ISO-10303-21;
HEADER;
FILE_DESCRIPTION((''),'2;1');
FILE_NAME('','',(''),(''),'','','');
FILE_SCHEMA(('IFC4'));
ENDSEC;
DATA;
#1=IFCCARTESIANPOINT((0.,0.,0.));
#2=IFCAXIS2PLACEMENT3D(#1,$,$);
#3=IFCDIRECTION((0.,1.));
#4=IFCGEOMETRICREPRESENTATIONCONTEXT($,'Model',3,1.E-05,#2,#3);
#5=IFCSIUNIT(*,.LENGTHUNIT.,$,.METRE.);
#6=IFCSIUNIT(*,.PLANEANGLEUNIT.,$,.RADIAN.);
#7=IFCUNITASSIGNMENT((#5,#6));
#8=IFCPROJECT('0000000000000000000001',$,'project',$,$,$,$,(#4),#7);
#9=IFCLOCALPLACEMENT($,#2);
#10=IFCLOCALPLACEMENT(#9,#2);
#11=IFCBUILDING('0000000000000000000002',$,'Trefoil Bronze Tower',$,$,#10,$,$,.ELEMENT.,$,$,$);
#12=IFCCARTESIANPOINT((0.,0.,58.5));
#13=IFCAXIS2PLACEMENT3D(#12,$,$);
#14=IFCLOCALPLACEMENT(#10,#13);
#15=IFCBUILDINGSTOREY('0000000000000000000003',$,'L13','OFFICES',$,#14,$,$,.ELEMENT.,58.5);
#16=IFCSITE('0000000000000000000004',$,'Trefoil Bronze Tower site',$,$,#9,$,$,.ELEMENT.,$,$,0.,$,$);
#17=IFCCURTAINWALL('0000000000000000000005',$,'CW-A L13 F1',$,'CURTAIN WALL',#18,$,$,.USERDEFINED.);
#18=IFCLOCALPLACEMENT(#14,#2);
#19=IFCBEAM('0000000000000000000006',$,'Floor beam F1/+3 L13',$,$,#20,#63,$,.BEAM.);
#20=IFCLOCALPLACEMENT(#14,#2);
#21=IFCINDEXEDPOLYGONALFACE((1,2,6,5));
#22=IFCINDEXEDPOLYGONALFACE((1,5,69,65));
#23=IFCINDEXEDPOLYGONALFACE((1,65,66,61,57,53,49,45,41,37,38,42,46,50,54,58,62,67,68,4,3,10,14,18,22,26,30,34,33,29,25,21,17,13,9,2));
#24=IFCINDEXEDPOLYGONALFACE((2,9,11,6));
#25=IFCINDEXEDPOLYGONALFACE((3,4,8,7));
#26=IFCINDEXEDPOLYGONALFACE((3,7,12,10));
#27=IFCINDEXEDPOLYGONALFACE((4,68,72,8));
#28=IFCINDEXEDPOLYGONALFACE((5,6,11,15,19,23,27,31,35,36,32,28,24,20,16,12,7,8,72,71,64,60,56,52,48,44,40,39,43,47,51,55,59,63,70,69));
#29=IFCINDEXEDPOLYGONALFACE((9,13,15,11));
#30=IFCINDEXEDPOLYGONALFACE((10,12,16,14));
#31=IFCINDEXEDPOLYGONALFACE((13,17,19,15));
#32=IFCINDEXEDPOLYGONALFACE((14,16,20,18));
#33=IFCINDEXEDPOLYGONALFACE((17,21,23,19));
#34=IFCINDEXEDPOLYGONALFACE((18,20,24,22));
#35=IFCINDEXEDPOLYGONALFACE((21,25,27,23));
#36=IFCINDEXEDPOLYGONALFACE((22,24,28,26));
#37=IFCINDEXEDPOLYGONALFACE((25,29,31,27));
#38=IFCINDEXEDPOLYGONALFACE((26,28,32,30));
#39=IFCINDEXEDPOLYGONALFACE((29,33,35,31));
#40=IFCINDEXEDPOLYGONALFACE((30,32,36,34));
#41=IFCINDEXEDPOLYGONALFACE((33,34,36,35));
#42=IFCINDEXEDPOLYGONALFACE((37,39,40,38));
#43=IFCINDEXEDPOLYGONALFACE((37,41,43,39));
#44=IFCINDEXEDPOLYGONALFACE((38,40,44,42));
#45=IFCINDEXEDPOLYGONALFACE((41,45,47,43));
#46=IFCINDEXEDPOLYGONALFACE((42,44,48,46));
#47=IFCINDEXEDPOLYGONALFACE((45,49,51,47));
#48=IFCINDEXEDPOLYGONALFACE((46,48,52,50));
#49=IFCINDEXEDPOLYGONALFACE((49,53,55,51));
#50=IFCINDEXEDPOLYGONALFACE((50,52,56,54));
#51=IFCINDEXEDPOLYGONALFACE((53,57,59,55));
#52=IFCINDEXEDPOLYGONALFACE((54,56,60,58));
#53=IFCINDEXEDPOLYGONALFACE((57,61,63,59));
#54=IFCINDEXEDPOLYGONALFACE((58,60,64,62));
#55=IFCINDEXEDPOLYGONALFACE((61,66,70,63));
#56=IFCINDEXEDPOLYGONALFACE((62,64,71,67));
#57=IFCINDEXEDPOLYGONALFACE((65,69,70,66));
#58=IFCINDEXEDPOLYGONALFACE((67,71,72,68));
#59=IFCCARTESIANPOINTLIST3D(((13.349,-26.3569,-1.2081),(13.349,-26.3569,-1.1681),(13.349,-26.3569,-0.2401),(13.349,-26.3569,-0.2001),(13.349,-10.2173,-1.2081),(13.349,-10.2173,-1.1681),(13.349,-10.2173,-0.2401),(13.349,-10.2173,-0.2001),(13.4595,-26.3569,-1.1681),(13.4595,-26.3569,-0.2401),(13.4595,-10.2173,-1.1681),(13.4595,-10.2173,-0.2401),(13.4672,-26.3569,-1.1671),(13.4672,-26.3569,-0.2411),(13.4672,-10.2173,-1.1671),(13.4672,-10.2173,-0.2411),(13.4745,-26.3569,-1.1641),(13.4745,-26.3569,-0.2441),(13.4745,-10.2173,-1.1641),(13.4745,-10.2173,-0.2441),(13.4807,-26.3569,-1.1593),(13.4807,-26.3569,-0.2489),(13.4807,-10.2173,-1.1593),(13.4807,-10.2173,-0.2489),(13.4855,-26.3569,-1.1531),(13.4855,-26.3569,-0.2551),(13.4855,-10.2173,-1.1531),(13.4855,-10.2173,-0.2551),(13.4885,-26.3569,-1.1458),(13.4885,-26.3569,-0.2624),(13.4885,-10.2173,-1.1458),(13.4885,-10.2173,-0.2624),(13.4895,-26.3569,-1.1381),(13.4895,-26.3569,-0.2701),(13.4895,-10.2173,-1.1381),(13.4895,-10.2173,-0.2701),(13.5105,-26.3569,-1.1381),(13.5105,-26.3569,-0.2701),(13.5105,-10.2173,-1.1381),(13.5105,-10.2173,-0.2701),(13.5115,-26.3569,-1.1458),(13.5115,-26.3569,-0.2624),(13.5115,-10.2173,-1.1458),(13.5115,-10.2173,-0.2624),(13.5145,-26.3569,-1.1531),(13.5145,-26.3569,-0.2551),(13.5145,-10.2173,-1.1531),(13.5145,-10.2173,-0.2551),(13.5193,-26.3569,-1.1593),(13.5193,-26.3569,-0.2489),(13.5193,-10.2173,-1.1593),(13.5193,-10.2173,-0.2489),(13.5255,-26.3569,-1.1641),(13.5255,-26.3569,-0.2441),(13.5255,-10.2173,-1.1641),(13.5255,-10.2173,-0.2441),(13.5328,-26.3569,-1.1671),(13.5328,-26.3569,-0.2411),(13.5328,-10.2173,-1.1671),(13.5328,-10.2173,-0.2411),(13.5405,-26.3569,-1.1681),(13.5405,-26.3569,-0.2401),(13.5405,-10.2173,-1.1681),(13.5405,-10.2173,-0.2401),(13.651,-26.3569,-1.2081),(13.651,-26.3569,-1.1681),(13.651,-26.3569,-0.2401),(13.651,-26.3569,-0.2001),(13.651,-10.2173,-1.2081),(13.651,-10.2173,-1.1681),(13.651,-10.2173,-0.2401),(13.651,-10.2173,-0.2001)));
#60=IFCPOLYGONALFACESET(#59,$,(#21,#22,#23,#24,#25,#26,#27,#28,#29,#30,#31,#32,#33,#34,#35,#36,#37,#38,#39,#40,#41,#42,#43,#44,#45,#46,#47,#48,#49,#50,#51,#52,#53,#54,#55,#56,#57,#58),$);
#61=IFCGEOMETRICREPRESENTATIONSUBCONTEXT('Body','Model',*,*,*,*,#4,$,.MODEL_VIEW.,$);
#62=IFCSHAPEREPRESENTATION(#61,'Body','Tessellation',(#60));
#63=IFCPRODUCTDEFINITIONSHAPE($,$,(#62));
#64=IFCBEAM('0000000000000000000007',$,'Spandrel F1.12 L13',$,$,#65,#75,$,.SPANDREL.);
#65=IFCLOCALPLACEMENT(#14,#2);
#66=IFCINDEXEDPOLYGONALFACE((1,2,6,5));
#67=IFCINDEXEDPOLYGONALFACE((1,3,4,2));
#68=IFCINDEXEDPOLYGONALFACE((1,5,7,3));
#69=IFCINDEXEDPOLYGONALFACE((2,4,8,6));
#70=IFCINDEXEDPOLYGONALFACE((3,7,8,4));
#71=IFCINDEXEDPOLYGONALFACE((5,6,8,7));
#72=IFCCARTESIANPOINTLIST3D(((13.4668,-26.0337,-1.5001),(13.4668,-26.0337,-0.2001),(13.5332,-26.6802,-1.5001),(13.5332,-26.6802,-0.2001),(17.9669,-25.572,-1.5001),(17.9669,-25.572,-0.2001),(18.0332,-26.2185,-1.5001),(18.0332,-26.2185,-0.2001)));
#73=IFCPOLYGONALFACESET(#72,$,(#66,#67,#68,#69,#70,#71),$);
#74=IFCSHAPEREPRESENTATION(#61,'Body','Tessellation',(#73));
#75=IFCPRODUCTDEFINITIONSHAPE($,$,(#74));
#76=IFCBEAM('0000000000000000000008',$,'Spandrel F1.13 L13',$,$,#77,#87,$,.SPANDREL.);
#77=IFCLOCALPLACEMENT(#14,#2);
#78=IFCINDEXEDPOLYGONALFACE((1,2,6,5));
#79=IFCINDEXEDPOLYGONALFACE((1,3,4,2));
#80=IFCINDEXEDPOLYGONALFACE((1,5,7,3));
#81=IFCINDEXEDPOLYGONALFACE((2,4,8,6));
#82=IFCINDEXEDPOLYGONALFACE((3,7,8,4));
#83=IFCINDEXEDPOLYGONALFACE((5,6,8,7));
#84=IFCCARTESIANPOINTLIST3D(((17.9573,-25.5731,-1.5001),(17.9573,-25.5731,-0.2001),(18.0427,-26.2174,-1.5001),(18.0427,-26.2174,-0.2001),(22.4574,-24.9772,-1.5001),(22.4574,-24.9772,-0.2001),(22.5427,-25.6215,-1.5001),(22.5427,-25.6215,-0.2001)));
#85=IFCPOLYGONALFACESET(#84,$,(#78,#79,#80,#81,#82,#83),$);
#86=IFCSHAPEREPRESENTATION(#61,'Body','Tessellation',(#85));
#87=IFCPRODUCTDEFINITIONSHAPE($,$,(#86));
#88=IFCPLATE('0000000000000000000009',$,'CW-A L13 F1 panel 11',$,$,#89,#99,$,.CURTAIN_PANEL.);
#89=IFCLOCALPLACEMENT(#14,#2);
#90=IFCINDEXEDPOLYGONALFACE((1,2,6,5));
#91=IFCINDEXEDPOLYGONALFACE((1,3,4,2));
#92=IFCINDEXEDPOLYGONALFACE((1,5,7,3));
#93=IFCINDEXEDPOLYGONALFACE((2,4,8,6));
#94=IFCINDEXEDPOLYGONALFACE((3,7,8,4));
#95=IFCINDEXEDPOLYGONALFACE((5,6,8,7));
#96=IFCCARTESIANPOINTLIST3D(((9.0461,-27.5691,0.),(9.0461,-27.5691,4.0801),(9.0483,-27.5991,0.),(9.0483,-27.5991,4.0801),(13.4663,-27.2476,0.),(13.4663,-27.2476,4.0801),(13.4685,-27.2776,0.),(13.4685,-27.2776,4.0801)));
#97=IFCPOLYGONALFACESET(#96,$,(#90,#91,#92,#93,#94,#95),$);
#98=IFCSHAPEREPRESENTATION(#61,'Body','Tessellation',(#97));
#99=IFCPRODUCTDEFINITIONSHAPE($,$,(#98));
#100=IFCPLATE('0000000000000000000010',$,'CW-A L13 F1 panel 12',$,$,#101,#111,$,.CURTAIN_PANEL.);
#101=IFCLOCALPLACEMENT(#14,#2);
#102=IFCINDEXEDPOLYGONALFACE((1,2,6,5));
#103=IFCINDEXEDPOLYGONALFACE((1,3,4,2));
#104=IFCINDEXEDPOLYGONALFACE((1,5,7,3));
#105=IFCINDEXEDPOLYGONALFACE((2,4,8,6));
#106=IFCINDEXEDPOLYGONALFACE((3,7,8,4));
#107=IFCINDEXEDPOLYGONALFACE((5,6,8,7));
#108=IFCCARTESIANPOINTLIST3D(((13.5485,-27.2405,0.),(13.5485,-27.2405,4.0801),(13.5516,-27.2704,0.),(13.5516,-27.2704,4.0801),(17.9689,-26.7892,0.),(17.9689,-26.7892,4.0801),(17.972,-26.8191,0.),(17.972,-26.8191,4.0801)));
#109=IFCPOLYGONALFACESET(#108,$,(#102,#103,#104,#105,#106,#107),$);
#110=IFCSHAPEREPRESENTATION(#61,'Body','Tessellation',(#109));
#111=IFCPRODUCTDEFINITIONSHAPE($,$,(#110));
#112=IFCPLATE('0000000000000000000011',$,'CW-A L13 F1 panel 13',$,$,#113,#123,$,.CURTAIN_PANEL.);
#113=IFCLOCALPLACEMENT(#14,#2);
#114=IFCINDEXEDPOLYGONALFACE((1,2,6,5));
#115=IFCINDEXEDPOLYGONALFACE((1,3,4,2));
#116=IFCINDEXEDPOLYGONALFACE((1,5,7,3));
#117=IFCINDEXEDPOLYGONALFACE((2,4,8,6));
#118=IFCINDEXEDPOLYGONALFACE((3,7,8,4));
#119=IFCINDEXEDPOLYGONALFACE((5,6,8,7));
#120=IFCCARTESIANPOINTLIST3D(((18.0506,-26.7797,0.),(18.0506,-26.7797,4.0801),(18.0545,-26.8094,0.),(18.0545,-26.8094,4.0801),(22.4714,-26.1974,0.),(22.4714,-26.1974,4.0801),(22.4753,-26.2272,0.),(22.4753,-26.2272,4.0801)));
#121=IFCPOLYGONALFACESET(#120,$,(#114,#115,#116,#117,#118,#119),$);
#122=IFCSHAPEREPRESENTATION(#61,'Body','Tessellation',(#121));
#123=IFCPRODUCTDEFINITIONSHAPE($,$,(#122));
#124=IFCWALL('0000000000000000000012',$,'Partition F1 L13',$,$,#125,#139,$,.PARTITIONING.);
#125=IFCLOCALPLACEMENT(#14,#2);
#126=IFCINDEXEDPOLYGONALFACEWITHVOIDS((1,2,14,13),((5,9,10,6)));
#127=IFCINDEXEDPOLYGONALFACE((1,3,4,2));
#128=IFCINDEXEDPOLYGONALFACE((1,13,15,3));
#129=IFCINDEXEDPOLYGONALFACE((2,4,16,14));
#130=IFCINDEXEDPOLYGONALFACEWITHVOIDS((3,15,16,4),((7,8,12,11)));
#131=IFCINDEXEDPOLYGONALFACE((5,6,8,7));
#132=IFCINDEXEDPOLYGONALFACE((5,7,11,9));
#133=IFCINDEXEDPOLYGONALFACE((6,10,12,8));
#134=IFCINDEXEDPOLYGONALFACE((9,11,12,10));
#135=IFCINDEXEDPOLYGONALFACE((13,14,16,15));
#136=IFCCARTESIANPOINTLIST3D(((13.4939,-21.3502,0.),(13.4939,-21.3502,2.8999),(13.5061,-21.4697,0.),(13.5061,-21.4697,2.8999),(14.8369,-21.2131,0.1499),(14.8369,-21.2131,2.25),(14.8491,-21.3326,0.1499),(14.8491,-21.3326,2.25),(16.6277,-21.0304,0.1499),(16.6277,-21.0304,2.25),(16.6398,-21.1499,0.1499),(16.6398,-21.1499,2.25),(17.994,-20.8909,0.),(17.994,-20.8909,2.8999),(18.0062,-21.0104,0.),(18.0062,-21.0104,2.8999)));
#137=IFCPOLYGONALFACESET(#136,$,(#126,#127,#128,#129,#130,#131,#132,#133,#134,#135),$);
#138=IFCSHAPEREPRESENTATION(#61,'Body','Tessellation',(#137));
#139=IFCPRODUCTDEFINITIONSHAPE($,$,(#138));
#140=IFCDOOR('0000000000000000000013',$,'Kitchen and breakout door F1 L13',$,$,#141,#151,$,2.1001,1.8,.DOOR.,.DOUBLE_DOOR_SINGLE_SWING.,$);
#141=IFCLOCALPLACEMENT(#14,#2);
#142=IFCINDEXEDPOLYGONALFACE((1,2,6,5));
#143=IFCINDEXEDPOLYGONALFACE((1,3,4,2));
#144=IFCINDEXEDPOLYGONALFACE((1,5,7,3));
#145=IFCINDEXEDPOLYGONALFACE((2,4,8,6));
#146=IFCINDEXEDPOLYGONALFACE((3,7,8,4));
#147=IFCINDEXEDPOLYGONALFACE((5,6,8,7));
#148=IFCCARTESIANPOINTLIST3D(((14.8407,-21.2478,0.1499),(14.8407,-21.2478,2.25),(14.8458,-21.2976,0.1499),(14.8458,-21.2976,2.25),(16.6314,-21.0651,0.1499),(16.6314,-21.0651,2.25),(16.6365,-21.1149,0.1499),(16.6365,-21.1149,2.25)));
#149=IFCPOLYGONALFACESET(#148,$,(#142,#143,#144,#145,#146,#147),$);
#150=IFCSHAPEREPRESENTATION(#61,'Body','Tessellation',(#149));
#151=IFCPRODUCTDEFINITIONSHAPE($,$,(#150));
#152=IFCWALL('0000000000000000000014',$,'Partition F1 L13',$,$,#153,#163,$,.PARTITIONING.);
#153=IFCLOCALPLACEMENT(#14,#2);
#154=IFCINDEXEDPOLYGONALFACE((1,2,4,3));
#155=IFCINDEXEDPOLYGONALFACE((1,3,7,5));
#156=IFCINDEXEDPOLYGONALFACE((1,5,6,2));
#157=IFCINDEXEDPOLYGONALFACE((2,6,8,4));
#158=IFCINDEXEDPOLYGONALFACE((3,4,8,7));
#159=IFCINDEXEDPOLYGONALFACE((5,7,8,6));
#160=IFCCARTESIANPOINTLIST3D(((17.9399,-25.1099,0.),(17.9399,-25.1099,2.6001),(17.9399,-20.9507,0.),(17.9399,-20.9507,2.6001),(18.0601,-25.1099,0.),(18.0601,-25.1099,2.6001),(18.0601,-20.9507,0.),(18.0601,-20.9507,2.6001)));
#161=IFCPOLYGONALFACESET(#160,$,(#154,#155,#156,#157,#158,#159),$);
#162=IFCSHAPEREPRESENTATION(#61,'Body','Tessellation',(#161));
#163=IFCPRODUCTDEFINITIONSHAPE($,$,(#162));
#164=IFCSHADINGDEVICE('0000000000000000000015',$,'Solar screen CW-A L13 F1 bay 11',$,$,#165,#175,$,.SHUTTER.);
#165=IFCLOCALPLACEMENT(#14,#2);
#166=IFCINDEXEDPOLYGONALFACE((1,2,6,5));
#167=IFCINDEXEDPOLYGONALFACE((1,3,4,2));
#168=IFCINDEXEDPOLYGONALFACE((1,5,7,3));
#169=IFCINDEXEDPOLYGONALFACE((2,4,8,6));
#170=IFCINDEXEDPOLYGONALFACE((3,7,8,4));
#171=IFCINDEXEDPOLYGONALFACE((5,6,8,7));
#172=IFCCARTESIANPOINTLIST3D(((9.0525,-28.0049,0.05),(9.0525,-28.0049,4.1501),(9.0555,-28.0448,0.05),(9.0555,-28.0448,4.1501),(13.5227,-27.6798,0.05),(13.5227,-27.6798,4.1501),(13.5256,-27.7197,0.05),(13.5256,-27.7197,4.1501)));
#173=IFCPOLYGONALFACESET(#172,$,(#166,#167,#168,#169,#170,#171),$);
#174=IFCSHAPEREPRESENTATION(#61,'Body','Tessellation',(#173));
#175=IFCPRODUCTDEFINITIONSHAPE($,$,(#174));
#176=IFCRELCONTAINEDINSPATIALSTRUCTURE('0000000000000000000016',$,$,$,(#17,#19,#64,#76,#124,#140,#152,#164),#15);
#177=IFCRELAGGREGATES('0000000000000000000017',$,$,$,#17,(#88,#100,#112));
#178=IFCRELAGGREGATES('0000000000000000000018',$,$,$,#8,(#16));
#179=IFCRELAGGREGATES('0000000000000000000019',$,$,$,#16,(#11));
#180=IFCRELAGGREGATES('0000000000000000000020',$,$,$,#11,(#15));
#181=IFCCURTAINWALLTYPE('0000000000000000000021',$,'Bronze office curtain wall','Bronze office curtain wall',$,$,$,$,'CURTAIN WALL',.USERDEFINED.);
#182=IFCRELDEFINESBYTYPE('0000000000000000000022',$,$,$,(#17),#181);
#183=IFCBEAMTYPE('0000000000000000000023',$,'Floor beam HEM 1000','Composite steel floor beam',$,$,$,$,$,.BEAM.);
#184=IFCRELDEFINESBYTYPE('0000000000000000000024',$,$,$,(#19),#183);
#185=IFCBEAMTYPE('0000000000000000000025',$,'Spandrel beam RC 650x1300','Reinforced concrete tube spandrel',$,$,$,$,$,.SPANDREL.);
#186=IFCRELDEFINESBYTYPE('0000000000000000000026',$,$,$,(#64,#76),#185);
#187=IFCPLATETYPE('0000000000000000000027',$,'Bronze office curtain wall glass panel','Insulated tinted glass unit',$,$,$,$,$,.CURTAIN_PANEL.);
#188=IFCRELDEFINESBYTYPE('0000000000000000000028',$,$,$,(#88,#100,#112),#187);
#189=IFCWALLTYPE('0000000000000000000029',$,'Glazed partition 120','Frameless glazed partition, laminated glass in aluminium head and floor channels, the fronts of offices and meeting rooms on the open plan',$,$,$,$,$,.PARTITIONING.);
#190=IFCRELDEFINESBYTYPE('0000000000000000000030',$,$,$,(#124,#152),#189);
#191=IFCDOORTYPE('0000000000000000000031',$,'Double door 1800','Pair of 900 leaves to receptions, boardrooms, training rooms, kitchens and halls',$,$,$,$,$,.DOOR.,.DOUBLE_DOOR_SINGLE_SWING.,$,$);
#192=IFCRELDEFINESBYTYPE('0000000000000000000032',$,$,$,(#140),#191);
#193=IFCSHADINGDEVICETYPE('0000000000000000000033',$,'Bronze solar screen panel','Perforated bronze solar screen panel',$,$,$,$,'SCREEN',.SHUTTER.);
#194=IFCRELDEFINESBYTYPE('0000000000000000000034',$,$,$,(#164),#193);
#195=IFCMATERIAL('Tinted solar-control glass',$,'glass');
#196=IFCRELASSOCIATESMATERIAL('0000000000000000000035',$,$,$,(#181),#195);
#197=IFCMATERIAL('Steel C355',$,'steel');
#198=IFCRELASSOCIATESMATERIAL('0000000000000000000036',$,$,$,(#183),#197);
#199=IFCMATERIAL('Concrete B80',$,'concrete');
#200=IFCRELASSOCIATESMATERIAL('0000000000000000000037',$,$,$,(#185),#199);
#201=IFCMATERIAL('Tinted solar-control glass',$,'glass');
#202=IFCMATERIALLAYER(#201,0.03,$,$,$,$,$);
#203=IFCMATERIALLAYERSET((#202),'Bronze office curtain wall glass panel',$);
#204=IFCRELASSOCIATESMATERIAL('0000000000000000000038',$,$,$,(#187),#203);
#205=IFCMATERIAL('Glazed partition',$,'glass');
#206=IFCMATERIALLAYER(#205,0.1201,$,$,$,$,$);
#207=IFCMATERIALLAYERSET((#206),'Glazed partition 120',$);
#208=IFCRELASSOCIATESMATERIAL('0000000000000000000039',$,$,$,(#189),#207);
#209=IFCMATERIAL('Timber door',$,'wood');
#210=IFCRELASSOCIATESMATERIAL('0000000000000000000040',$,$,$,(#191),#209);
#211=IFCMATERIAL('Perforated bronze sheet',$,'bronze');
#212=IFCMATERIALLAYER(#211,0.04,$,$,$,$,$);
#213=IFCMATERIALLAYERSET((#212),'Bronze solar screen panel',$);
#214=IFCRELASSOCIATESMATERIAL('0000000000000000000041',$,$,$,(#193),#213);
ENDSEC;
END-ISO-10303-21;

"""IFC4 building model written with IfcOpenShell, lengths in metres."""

from ifc_helpers import new_model, si_unit, direction, frame, frame_2d, origin, origin_2d, place, context, subcontext, project, spatial, rectangle, i_section, extrude, material, layer, layer_set, material_profile, profile_set, type_object, element, fill, aggregate, save


model = new_model("IFC4")

# Units and contexts
model_context = context("Model", 3, precision=1e-05, world=origin(), true_north=direction((0.0, 1.0)))
body_context = subcontext(model_context, "Body", "Model", "MODEL_VIEW")
ifc_project = project(units=[si_unit("LENGTHUNIT", "METRE"), si_unit("PLANEANGLEUNIT", "RADIAN")], contexts=[model_context])

# Site, building, storey
site_placement = place(None, origin())
site = spatial("IfcSite", under=ifc_project, at=site_placement, Name="Trefoil Bronze Tower site", CompositionType="ELEMENT", RefElevation=0.0)
building_placement = place(site_placement, origin())
building = spatial("IfcBuilding", under=site, at=building_placement, Name="Trefoil Bronze Tower", CompositionType="ELEMENT")
storey_placement = place(building_placement, frame((0.0, 0.0, 58.5)))
storey = spatial("IfcBuildingStorey", under=building, at=storey_placement, Name="L13", Description="OFFICES", CompositionType="ELEMENT", Elevation=58.5)

# Curtain wall
ifc_material_1 = material(Name="Tinted solar-control glass", Category="glass")
curtain_wall_type = type_object("IfcCurtainWallType", Name="Bronze office curtain wall", Description="Bronze office curtain wall", ElementType="CURTAIN WALL", PredefinedType="USERDEFINED", material=ifc_material_1)
curtain_wall_placement = place(storey_placement, origin())
curtain_wall = element("IfcCurtainWall", 1, at=curtain_wall_placement, inside=storey, type_object=curtain_wall_type, Name="CW-A L13 F1", ObjectType="CURTAIN WALL", PredefinedType="USERDEFINED")

# Beams
ifc_material_2 = material(Name="Steel C355", Category="steel")
ifc_material_profile_1 = material_profile(ifc_material_2, i_section(OverallWidth=0.302, OverallDepth=1.0081, WebThickness=0.021, FlangeThickness=0.04, FilletRadius=0.03, at=origin_2d()), Name="HEM 1000")
ifc_profile_set_1 = profile_set([ifc_material_profile_1], Name="Steel C355")
beam_type_1 = type_object("IfcBeamType", Name="Floor beam HEM 1000", Description="Composite steel floor beam", PredefinedType="BEAM", material=ifc_profile_set_1)
beam_1_placement = place(storey_placement, frame((13.5, -26.3569, -0.7041), z_axis=(0.0, 1.0, 0.0), x_axis=(-1.0, 0.0, 0.0)))
element("IfcBeam", 2, at=beam_1_placement, inside=storey, type_object=beam_type_1, Name="Floor beam F1/+3 L13", PredefinedType="BEAM", context=body_context, shape_type="SweptSolid", body=[
    extrude(i_section(OverallWidth=0.302, OverallDepth=1.0081, WebThickness=0.021, FlangeThickness=0.04, FilletRadius=0.03, at=origin_2d()), origin(), (0.0, 0.0, 1.0), 16.1396),
])
ifc_material_3 = material(Name="Concrete B80", Category="concrete")
ifc_material_profile_2 = material_profile(ifc_material_3, rectangle(XDim=0.6499, YDim=1.3, at=origin_2d()), Name="RC 650x1300")
ifc_profile_set_2 = profile_set([ifc_material_profile_2], Name="Concrete B80")
beam_type_2 = type_object("IfcBeamType", Name="Spandrel beam RC 650x1300", Description="Reinforced concrete tube spandrel", PredefinedType="SPANDREL", material=ifc_profile_set_2)
beam_2_placement = place(storey_placement, frame((13.5, -26.3569, -0.8501), z_axis=(0.994778, 0.102058, 0.0), x_axis=(-0.102058, 0.994778, 0.0)))
element("IfcBeam", 3, at=beam_2_placement, inside=storey, type_object=beam_type_2, Name="Spandrel F1.12 L13", PredefinedType="SPANDREL", context=body_context, shape_type="SweptSolid", body=[
    extrude(rectangle(XDim=0.6499, YDim=1.3, at=origin_2d()), origin(), (0.0, 0.0, 1.0), 4.5237),
])
beam_3_placement = place(storey_placement, frame((18.0, -25.8953, -0.8501), z_axis=(0.991344, 0.131286, 0.0), x_axis=(-0.131286, 0.991344, 0.0)))
element("IfcBeam", 4, at=beam_3_placement, inside=storey, type_object=beam_type_2, Name="Spandrel F1.13 L13", PredefinedType="SPANDREL", context=body_context, shape_type="SweptSolid", body=[
    extrude(rectangle(XDim=0.6499, YDim=1.3, at=origin_2d()), origin(), (0.0, 0.0, 1.0), 4.5393),
])

# Plates
ifc_material_4 = material(Name="Tinted solar-control glass", Category="glass")
ifc_layer_1 = layer(ifc_material_4, 0.03)
ifc_layer_set_1 = layer_set([ifc_layer_1], Name="Bronze office curtain wall glass panel")
plate_type = type_object("IfcPlateType", Name="Bronze office curtain wall glass panel", Description="Insulated tinted glass unit", PredefinedType="CURTAIN_PANEL", material=ifc_layer_set_1)
plate_1_placement = place(storey_placement, frame((11.2573, -27.4233, 0.0), z_axis=(0.0, 0.0, 1.0), x_axis=(0.997365, 0.072547, 0.0)))
plate_1 = element("IfcPlate", 5, at=plate_1_placement, type_object=plate_type, Name="CW-A L13 F1 panel 11", PredefinedType="CURTAIN_PANEL", context=body_context, shape_type="SweptSolid", body=[
    extrude(rectangle(XDim=4.4319, YDim=0.03, at=origin_2d()), origin(), (0.0, 0.0, 1.0), 4.0801),
])
plate_2_placement = place(storey_placement, frame((15.7603, -27.0298, 0.0), z_axis=(0.0, 0.0, 1.0), x_axis=(0.994829, 0.101565, 0.0)))
plate_2 = element("IfcPlate", 6, at=plate_2_placement, type_object=plate_type, Name="CW-A L13 F1 panel 12", PredefinedType="CURTAIN_PANEL", context=body_context, shape_type="SweptSolid", body=[
    extrude(rectangle(XDim=4.4434, YDim=0.03, at=origin_2d()), origin(), (0.0, 0.0, 1.0), 4.0801),
])
plate_3_placement = place(storey_placement, frame((20.2629, -26.5034, 0.0), z_axis=(0.0, 0.0, 1.0), x_axis=(0.991437, 0.130584, 0.0)))
plate_3 = element("IfcPlate", 7, at=plate_3_placement, type_object=plate_type, Name="CW-A L13 F1 panel 13", PredefinedType="CURTAIN_PANEL", context=body_context, shape_type="SweptSolid", body=[
    extrude(rectangle(XDim=4.459, YDim=0.03, at=origin_2d()), origin(), (0.0, 0.0, 1.0), 4.0801),
])
aggregate(curtain_wall, [plate_1, plate_2, plate_3])

# Wall, opening, door
ifc_material_5 = material(Name="Glazed partition", Category="glass")
ifc_layer_2 = layer(ifc_material_5, 0.1201)
ifc_layer_set_2 = layer_set([ifc_layer_2], Name="Glazed partition 120")
wall_type = type_object("IfcWallType", Name="Glazed partition 120", Description="Frameless glazed partition, laminated glass in aluminium head and floor channels, the fronts of offices and meeting rooms on the open plan", PredefinedType="PARTITIONING", material=ifc_layer_set_2)
wall_1_placement = place(storey_placement, frame((13.5, -21.4099, 0.0), z_axis=(0.0, 0.0, 1.0), x_axis=(0.994833, 0.101523, 0.0)))
wall_1 = element("IfcWall", 8, at=wall_1_placement, inside=storey, type_object=wall_type, Name="Partition F1 L13", PredefinedType="PARTITIONING", context=body_context, shape_type="SweptSolid", body=[
    extrude(rectangle(XDim=4.5234, YDim=0.1201, at=frame_2d((2.2617, 0.0))), origin(), (0.0, 0.0, 1.0), 2.8999),
])
opening_placement = place(wall_1_placement, frame((1.3501, 0.0, 0.1499)))
opening = element("IfcOpeningElement", 9, at=opening_placement, cuts=wall_1, PredefinedType="OPENING", context=body_context, shape_type="SweptSolid", body=[
    extrude(rectangle(XDim=1.8, YDim=2.1001, at=frame_2d((0.8999, 1.05))), frame((0.0, 0.0701, 0.0), z_axis=(0.0, -1.0, 0.0), x_axis=(1.0, 0.0, 0.0)), (0.0, 0.0, 1.0), 0.1401),
])
ifc_material_6 = material(Name="Timber door", Category="wood")
door_type = type_object("IfcDoorType", Name="Double door 1800", Description="Pair of 900 leaves to receptions, boardrooms, training rooms, kitchens and halls", OperationType="DOUBLE_DOOR_SINGLE_SWING", PredefinedType="DOOR", material=ifc_material_6)
door_placement = place(opening_placement, frame((1.8, 0.0, 0.0), z_axis=(0.0, 0.0, 1.0), x_axis=(-1.0, 0.0, 0.0)))
door = element("IfcDoor", 10, at=door_placement, inside=storey, type_object=door_type, Name="Kitchen and breakout door F1 L13", OperationType="DOUBLE_DOOR_SINGLE_SWING", OverallHeight=2.1001, OverallWidth=1.8, PredefinedType="DOOR", context=body_context, shape_type="SweptSolid", body=[
    extrude(rectangle(XDim=1.8, YDim=2.1001, at=frame_2d((0.8999, 1.05))), frame((0.0, 0.0249, 0.0), z_axis=(0.0, -1.0, 0.0), x_axis=(1.0, 0.0, 0.0)), (0.0, 0.0, 1.0), 0.05),
])
fill(opening, door)

# Wall
wall_2_placement = place(storey_placement, frame((18.0, -20.9507, 0.0), z_axis=(0.0, 0.0, 1.0), x_axis=(0.0, -1.0, 0.0)))
element("IfcWall", 11, at=wall_2_placement, inside=storey, type_object=wall_type, Name="Partition F1 L13", PredefinedType="PARTITIONING", context=body_context, shape_type="SweptSolid", body=[
    extrude(rectangle(XDim=4.1592, YDim=0.1201, at=frame_2d((2.0796, 0.0))), origin(), (0.0, 0.0, 1.0), 2.6001),
])

# Shading device
ifc_material_7 = material(Name="Perforated bronze sheet", Category="bronze")
ifc_layer_3 = layer(ifc_material_7, 0.04)
ifc_layer_set_3 = layer_set([ifc_layer_3], Name="Bronze solar screen panel")
shading_device_type = type_object("IfcShadingDeviceType", Name="Bronze solar screen panel", Description="Perforated bronze solar screen panel", ElementType="SCREEN", PredefinedType="SHUTTER", material=ifc_layer_set_3)
shading_device_1_placement = place(storey_placement, frame((11.2891, -27.8623, 0.05), z_axis=(0.0, 0.0, 1.0), x_axis=(0.997365, 0.072547, 0.0)))
element("IfcShadingDevice", 12, at=shading_device_1_placement, inside=storey, type_object=shading_device_type, Name="Solar screen CW-A L13 F1 bay 11", PredefinedType="SHUTTER", context=body_context, shape_type="SweptSolid", body=[
    extrude(rectangle(XDim=4.4819, YDim=0.04, at=origin_2d()), origin(), (0.0, 0.0, 1.0), 4.1001),
])

save(model, "model.ifc")
